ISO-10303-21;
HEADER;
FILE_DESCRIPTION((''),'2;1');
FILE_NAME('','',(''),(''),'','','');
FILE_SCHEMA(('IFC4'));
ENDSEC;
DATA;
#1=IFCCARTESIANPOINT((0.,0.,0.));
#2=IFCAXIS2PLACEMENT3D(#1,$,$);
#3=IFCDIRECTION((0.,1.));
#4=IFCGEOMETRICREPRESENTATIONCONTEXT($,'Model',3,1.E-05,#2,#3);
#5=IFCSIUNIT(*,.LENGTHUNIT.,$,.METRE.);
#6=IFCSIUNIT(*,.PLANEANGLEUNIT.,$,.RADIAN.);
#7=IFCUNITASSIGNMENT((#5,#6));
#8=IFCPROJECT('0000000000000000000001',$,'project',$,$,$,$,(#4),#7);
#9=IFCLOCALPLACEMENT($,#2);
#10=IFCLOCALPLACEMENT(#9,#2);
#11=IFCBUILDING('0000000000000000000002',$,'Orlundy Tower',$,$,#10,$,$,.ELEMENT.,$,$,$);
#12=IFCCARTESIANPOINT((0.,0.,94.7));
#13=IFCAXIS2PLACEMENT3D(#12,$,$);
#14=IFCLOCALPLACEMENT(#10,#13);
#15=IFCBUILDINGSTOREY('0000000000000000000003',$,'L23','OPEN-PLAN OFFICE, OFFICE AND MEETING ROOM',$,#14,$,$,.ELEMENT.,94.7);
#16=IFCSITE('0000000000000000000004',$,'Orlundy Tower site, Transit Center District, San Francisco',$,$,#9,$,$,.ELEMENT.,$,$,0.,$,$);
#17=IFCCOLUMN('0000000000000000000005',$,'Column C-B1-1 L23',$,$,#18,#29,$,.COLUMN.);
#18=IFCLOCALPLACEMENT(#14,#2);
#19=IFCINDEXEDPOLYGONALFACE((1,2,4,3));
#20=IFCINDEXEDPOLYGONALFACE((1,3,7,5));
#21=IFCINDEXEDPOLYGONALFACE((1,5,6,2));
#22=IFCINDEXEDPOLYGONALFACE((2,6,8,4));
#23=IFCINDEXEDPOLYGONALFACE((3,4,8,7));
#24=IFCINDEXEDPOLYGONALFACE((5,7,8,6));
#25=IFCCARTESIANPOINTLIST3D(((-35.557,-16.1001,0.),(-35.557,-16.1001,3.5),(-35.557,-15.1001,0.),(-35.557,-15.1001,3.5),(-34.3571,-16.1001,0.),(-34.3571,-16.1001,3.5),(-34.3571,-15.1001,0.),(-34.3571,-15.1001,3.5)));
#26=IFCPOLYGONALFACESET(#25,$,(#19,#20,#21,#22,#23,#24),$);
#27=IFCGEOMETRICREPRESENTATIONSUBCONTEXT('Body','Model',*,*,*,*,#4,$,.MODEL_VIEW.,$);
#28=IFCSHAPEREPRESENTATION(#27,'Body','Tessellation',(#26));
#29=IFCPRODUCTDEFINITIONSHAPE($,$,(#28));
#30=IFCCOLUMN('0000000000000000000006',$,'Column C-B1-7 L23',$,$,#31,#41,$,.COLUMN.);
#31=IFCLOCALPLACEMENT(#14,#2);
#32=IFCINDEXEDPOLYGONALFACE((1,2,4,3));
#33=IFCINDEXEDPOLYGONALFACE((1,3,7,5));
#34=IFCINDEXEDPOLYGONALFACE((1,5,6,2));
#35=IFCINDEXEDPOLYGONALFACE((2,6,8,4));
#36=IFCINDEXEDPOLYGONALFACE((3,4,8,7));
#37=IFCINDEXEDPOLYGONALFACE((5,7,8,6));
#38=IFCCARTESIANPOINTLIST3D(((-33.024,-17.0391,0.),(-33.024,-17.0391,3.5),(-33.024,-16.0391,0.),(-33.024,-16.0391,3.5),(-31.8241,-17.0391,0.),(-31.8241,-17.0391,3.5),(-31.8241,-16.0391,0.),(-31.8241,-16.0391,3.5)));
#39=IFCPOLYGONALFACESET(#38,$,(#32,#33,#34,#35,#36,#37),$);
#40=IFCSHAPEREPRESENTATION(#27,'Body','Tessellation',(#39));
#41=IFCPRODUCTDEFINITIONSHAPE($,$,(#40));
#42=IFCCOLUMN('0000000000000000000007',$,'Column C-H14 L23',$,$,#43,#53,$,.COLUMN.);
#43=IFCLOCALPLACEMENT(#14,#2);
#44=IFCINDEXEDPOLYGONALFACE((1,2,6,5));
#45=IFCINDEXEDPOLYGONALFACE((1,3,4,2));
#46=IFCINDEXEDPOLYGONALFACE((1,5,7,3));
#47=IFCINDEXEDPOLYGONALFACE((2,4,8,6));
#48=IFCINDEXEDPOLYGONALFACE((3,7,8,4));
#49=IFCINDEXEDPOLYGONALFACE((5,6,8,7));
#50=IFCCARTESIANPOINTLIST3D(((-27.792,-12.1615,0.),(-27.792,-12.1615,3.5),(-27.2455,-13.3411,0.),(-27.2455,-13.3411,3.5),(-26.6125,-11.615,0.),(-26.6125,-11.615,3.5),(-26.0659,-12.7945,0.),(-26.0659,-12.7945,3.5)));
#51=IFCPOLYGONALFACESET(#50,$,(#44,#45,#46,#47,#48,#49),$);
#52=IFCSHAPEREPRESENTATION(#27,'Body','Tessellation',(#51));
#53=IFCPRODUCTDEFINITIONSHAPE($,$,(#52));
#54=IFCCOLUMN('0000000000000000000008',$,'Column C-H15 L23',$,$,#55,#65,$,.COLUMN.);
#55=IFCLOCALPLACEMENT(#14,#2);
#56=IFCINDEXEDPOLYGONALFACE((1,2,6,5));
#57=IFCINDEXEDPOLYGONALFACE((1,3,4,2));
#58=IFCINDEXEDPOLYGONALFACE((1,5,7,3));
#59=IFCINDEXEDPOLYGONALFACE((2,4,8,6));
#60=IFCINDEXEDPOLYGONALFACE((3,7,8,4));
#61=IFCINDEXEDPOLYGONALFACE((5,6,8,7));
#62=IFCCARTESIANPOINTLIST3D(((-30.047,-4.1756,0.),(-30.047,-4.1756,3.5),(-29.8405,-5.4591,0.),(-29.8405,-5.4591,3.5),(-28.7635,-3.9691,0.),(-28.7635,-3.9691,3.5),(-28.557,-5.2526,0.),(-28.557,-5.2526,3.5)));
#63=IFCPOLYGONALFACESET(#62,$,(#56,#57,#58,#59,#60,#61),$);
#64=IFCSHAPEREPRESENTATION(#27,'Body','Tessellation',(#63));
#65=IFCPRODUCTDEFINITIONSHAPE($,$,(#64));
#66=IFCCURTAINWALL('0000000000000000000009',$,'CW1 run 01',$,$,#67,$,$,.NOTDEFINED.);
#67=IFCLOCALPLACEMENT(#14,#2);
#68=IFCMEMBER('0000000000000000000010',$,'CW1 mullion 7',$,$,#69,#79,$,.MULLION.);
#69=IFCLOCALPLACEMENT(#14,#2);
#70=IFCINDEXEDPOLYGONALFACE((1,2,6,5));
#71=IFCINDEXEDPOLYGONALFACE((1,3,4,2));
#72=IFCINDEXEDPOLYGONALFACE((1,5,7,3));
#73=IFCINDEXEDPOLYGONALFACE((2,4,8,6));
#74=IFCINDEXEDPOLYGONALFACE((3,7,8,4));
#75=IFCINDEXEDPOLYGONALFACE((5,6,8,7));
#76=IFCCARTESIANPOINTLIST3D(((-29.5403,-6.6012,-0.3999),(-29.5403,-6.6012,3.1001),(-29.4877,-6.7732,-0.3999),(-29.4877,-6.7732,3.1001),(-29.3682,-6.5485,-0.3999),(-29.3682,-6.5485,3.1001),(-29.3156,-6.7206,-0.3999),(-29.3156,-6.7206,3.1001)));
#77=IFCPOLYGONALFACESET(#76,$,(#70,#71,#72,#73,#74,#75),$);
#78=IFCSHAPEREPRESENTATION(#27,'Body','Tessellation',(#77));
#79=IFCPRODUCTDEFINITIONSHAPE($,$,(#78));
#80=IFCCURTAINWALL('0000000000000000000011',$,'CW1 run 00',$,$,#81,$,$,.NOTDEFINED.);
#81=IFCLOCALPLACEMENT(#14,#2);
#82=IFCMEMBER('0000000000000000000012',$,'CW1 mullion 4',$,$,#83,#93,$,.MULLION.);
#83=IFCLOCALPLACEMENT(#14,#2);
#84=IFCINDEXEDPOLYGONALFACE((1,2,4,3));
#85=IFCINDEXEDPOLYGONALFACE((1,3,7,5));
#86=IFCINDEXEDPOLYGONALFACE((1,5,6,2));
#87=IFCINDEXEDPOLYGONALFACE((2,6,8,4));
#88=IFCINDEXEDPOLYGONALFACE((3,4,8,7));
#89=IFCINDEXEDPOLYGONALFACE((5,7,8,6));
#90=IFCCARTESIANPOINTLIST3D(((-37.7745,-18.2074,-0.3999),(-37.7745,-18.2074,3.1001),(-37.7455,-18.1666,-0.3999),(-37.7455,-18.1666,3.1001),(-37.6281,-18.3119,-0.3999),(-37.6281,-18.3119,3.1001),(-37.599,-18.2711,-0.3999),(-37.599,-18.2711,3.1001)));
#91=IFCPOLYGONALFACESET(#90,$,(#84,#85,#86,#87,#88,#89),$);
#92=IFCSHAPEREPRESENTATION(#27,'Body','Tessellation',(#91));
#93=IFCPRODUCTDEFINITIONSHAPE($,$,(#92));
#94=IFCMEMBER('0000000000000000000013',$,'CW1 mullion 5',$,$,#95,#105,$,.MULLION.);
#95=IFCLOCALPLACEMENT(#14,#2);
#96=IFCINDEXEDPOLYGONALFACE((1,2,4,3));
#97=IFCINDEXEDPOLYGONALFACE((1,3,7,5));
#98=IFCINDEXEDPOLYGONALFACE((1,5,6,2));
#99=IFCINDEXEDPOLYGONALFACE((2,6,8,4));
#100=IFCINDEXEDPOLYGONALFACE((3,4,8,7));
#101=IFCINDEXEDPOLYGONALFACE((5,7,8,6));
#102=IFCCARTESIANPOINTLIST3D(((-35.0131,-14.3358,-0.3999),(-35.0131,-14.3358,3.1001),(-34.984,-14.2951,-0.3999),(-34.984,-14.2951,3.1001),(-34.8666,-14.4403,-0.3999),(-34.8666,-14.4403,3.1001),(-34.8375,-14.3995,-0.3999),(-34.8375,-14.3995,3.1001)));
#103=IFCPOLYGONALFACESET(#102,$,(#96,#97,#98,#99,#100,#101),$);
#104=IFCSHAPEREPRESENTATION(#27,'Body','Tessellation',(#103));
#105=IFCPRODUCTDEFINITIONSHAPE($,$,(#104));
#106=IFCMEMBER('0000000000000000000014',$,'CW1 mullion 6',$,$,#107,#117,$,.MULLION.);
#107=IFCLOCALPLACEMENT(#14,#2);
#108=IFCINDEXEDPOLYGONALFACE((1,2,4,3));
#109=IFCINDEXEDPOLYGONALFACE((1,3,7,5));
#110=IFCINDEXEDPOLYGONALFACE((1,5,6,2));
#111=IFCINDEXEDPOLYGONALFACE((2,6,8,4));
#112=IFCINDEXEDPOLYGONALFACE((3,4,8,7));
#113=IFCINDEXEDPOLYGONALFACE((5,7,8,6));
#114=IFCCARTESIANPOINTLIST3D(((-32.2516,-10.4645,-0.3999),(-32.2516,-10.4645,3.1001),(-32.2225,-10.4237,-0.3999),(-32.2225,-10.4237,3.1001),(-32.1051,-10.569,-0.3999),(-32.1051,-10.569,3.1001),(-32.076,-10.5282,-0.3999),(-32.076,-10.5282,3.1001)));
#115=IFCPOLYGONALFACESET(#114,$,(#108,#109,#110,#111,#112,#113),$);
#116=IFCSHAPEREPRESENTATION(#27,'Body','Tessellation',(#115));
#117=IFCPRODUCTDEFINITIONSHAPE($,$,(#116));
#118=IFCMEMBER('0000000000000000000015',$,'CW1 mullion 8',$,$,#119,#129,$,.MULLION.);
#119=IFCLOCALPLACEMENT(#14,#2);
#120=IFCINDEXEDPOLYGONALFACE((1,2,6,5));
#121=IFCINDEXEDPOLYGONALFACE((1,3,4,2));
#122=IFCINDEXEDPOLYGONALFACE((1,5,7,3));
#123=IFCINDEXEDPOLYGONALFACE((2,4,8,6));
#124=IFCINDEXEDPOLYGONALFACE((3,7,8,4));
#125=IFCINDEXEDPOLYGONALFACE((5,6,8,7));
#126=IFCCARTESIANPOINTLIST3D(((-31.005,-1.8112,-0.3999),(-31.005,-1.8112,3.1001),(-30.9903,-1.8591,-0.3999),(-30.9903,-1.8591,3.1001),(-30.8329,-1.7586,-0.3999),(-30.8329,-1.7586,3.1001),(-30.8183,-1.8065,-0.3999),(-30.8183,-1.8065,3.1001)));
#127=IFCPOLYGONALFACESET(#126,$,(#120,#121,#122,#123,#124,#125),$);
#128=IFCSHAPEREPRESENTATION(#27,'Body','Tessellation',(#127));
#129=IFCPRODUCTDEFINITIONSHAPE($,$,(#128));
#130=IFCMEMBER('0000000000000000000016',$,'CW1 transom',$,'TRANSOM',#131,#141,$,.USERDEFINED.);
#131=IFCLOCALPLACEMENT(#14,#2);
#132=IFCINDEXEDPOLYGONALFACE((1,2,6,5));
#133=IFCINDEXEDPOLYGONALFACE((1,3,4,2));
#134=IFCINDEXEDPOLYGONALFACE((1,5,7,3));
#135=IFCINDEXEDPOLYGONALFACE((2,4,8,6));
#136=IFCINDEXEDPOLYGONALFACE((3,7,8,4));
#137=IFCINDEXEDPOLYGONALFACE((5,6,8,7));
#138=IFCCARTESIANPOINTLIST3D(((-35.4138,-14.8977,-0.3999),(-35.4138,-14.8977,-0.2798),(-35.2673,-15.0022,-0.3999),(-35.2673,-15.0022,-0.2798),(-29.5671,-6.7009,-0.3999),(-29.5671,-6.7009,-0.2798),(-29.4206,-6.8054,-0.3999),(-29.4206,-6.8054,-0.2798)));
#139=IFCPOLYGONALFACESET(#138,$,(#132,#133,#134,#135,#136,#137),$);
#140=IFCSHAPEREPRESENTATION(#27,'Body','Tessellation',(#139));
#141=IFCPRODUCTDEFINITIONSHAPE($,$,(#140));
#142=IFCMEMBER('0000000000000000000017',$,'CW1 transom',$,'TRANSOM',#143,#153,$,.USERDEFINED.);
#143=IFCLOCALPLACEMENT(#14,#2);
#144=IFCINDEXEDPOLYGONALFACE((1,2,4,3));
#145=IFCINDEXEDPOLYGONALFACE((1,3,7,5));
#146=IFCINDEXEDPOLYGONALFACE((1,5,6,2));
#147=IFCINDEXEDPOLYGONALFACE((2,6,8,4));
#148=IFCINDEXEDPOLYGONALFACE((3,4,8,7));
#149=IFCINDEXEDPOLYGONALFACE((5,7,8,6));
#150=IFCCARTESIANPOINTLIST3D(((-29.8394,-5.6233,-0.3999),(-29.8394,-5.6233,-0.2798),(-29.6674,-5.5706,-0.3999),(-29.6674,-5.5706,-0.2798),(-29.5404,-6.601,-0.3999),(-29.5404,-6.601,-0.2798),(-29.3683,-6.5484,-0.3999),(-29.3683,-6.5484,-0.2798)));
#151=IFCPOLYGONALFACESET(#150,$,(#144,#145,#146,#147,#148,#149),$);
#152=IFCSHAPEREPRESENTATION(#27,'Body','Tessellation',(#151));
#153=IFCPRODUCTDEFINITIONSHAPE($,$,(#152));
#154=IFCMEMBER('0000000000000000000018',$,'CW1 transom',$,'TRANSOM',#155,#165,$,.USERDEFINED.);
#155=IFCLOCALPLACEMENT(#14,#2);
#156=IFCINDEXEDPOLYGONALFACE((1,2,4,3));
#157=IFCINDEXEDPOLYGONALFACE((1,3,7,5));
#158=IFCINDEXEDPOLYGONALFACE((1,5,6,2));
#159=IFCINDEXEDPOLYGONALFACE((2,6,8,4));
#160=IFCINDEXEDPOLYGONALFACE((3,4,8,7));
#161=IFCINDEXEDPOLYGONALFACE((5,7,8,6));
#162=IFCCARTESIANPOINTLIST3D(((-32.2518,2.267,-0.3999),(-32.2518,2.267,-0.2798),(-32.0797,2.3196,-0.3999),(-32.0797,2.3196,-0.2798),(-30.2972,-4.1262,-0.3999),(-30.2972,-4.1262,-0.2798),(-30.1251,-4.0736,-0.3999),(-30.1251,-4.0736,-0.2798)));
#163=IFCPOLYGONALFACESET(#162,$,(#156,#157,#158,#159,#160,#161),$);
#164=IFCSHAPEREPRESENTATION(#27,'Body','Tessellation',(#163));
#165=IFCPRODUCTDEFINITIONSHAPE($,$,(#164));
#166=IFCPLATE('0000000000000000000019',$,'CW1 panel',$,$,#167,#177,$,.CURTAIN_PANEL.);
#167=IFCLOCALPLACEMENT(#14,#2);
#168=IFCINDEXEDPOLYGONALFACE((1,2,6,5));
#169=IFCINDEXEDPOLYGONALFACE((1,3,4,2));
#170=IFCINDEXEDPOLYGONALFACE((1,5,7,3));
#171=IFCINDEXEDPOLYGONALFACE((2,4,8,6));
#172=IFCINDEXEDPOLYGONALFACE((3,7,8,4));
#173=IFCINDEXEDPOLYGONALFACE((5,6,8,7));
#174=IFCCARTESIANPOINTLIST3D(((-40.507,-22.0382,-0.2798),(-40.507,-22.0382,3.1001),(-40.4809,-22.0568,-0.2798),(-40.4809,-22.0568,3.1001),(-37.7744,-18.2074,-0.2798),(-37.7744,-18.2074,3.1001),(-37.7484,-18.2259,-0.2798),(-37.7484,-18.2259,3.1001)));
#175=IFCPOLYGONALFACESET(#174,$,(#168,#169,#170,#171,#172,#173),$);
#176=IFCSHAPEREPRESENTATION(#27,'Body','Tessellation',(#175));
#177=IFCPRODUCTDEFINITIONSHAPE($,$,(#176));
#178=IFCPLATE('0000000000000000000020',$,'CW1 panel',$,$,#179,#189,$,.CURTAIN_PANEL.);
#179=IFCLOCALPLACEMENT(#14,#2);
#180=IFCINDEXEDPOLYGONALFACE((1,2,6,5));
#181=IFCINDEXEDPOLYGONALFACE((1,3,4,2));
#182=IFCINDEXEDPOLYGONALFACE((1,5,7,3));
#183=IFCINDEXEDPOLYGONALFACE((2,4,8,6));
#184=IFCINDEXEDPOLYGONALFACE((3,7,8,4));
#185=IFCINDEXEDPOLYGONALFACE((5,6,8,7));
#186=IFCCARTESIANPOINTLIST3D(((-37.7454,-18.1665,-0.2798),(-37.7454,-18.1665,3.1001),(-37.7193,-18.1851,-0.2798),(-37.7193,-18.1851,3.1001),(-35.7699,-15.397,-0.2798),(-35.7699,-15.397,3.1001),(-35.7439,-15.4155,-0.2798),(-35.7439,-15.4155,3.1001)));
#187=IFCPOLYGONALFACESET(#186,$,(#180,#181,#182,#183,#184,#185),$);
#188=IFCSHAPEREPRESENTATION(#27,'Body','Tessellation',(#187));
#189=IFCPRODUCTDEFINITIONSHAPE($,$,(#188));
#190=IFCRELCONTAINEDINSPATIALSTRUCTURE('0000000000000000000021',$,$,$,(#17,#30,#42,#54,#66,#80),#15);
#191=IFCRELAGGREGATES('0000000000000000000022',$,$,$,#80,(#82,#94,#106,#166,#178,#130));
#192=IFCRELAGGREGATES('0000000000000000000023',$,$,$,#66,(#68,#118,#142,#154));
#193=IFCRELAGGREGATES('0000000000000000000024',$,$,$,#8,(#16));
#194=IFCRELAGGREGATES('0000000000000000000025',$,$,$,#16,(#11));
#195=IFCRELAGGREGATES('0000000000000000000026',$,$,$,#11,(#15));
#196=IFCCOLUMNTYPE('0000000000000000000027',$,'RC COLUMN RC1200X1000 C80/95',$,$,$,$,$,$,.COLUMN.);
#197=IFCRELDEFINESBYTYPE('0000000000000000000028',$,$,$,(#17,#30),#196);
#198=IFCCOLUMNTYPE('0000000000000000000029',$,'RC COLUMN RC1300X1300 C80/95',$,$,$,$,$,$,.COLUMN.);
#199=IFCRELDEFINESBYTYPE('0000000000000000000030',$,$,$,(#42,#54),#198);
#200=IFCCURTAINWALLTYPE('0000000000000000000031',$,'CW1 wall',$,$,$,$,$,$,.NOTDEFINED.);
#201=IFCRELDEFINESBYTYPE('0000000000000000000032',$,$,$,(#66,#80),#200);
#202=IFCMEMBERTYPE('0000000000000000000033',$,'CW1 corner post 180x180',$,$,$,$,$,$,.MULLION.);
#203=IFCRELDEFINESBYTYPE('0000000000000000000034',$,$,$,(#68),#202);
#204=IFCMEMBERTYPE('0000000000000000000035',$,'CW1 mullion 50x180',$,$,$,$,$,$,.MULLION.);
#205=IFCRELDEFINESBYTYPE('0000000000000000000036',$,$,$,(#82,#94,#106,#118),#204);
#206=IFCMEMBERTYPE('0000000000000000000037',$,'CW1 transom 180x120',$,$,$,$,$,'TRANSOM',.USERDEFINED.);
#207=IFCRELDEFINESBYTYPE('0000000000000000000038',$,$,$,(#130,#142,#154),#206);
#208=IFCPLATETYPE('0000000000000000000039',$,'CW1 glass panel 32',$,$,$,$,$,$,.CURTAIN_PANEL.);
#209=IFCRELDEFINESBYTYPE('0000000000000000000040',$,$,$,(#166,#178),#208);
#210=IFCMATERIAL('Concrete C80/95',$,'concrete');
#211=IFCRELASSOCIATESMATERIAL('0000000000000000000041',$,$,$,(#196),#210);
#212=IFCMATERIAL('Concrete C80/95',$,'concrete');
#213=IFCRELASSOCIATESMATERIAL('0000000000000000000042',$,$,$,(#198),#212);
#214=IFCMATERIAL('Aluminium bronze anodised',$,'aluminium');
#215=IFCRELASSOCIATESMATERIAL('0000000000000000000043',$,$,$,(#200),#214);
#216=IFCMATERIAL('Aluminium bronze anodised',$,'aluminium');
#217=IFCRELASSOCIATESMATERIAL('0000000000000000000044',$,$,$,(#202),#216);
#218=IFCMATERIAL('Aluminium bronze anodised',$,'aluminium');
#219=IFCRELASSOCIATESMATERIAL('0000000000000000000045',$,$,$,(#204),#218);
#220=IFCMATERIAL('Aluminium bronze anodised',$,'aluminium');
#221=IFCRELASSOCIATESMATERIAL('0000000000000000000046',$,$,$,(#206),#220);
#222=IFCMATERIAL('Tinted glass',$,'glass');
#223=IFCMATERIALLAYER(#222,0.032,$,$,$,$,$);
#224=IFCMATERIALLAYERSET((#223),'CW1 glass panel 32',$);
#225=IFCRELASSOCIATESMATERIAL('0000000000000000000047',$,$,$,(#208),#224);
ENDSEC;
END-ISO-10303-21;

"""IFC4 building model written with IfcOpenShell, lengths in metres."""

from ifc_helpers import new_model, si_unit, direction, frame, origin, origin_2d, place, context, subcontext, project, spatial, rectangle, extrude, material, layer, layer_set, material_profile, profile_set, type_object, element, aggregate, save


model = new_model("IFC4")

# Units and contexts
model_context = context("Model", 3, precision=1e-05, world=origin(), true_north=direction((0.0, 1.0)))
body_context = subcontext(model_context, "Body", "Model", "MODEL_VIEW")
ifc_project = project(units=[si_unit("LENGTHUNIT", "METRE"), si_unit("PLANEANGLEUNIT", "RADIAN")], contexts=[model_context])

# Site, building, storey
site_placement = place(None, origin())
site = spatial("IfcSite", under=ifc_project, at=site_placement, Name="Orlundy Tower site, Transit Center District, San Francisco", CompositionType="ELEMENT", RefElevation=0.0)
building_placement = place(site_placement, origin())
building = spatial("IfcBuilding", under=site, at=building_placement, Name="Orlundy Tower", CompositionType="ELEMENT")
storey_placement = place(building_placement, frame((0.0, 0.0, 94.7)))
storey = spatial("IfcBuildingStorey", under=building, at=storey_placement, Name="L23", Description="OPEN-PLAN OFFICE, OFFICE AND MEETING ROOM", CompositionType="ELEMENT", Elevation=94.7)

# Columns
ifc_material_1 = material(Name="Concrete C80/95", Category="concrete")
ifc_material_profile_1 = material_profile(ifc_material_1, rectangle(XDim=1.2, YDim=1.0, at=origin_2d()), Name="RC1200X1000")
ifc_profile_set_1 = profile_set([ifc_material_profile_1], Name="Concrete C80/95")
column_type_1 = type_object("IfcColumnType", Name="RC COLUMN RC1200X1000 C80/95", PredefinedType="COLUMN", material=ifc_profile_set_1)
for number, where, z_axis, x_axis, name in (
    (1, (-34.957, -15.6001, 0.0), (0.0, 0.0, 1.0), (1.0, 0.0, 0.0), "Column C-B1-1 L23"),
    (2, (-32.4241, -16.5391, 0.0), (0.0, 0.0, 1.0), (1.0, 0.0, 0.0), "Column C-B1-7 L23"),
):
    element("IfcColumn", number, at=place(storey_placement, frame(where, z_axis=z_axis, x_axis=x_axis)), inside=storey, type_object=column_type_1, Name=name, PredefinedType="COLUMN", context=body_context, shape_type="SweptSolid", body=[
        extrude(rectangle(XDim=1.2, YDim=1.0, at=origin_2d()), origin(), (0.0, 0.0, 1.0), 3.5),
    ])
ifc_material_2 = material(Name="Concrete C80/95", Category="concrete")
ifc_material_profile_2 = material_profile(ifc_material_2, rectangle(XDim=1.3, YDim=1.3, at=origin_2d()), Name="RC1300X1300")
ifc_profile_set_2 = profile_set([ifc_material_profile_2], Name="Concrete C80/95")
column_type_2 = type_object("IfcColumnType", Name="RC COLUMN RC1300X1300 C80/95", PredefinedType="COLUMN", material=ifc_profile_set_2)
for number, where, z_axis, x_axis, name in (
    (3, (-26.929, -12.478, 0.0), (0.0, 0.0, 1.0), (-0.90733, -0.420418, 0.0), "Column C-H14 L23"),
    (4, (-29.302, -4.7141, 0.0), (0.0, 0.0, 1.0), (-0.987306, -0.15883, 0.0), "Column C-H15 L23"),
):
    element("IfcColumn", number, at=place(storey_placement, frame(where, z_axis=z_axis, x_axis=x_axis)), inside=storey, type_object=column_type_2, Name=name, PredefinedType="COLUMN", context=body_context, shape_type="SweptSolid", body=[
        extrude(rectangle(XDim=1.3, YDim=1.3, at=origin_2d()), origin(), (0.0, 0.0, 1.0), 3.5),
    ])

# Curtain wall, member
ifc_material_3 = material(Name="Aluminium bronze anodised", Category="aluminium")
curtain_wall_type = type_object("IfcCurtainWallType", Name="CW1 wall", PredefinedType="NOTDEFINED", material=ifc_material_3)
curtain_wall_1_placement = place(storey_placement, origin())
curtain_wall_1 = element("IfcCurtainWall", 5, at=curtain_wall_1_placement, inside=storey, type_object=curtain_wall_type, Name="CW1 run 01", PredefinedType="NOTDEFINED")
ifc_material_4 = material(Name="Aluminium bronze anodised", Category="aluminium")
ifc_material_profile_3 = material_profile(ifc_material_4, rectangle(XDim=0.1799, YDim=0.1799, at=origin_2d()), Name="CW1 corner post 180x180")
ifc_profile_set_3 = profile_set([ifc_material_profile_3], Name="Aluminium bronze anodised")
member_type_1 = type_object("IfcMemberType", Name="CW1 corner post 180x180", PredefinedType="MULLION", material=ifc_profile_set_3)
member_1_placement = place(storey_placement, frame((-29.428, -6.6609, -0.3999), z_axis=(0.0, 0.0, 1.0), x_axis=(-0.956299, -0.29239, 0.0)))
member_1 = element("IfcMember", 6, at=member_1_placement, type_object=member_type_1, Name="CW1 mullion 7", PredefinedType="MULLION", context=body_context, shape_type="SweptSolid", body=[
    extrude(rectangle(XDim=0.1799, YDim=0.1799, at=origin_2d()), origin(), (0.0, 0.0, 1.0), 3.5),
])

# Curtain wall, members
curtain_wall_2_placement = place(storey_placement, origin())
curtain_wall_2 = element("IfcCurtainWall", 7, at=curtain_wall_2_placement, inside=storey, type_object=curtain_wall_type, Name="CW1 run 00", PredefinedType="NOTDEFINED")
ifc_material_5 = material(Name="Aluminium bronze anodised", Category="aluminium")
ifc_material_profile_4 = material_profile(ifc_material_5, rectangle(XDim=0.1799, YDim=0.05, at=origin_2d()), Name="CW1 mullion 50x180")
ifc_profile_set_4 = profile_set([ifc_material_profile_4], Name="Aluminium bronze anodised")
member_type_2 = type_object("IfcMemberType", Name="CW1 mullion 50x180", PredefinedType="MULLION", material=ifc_profile_set_4)
member_2_placement = place(storey_placement, frame((-37.6868, -18.2393, -0.3999), z_axis=(0.0, 0.0, 1.0), x_axis=(-0.814117, 0.580701, 0.0)))
member_2 = element("IfcMember", 8, at=member_2_placement, type_object=member_type_2, Name="CW1 mullion 4", PredefinedType="MULLION", context=body_context, shape_type="SweptSolid", body=[
    extrude(rectangle(XDim=0.1799, YDim=0.05, at=origin_2d()), origin(), (0.0, 0.0, 1.0), 3.5),
])
member_3_placement = place(storey_placement, frame((-34.9253, -14.3677, -0.3999), z_axis=(0.0, 0.0, 1.0), x_axis=(-0.814117, 0.580701, 0.0)))
member_3 = element("IfcMember", 9, at=member_3_placement, type_object=member_type_2, Name="CW1 mullion 5", PredefinedType="MULLION", context=body_context, shape_type="SweptSolid", body=[
    extrude(rectangle(XDim=0.1799, YDim=0.05, at=origin_2d()), origin(), (0.0, 0.0, 1.0), 3.5),
])
member_4_placement = place(storey_placement, frame((-32.1638, -10.4963, -0.3999), z_axis=(0.0, 0.0, 1.0), x_axis=(-0.814117, 0.580701, 0.0)))
member_4 = element("IfcMember", 10, at=member_4_placement, type_object=member_type_2, Name="CW1 mullion 6", PredefinedType="MULLION", context=body_context, shape_type="SweptSolid", body=[
    extrude(rectangle(XDim=0.1799, YDim=0.05, at=origin_2d()), origin(), (0.0, 0.0, 1.0), 3.5),
])

# Members
member_5_placement = place(storey_placement, frame((-30.9116, -1.8088, -0.3999), z_axis=(0.0, 0.0, 1.0), x_axis=(-0.956299, -0.29239, 0.0)))
member_5 = element("IfcMember", 11, at=member_5_placement, type_object=member_type_2, Name="CW1 mullion 8", PredefinedType="MULLION", context=body_context, shape_type="SweptSolid", body=[
    extrude(rectangle(XDim=0.1799, YDim=0.05, at=origin_2d()), origin(), (0.0, 0.0, 1.0), 3.5),
])
ifc_material_6 = material(Name="Aluminium bronze anodised", Category="aluminium")
ifc_material_profile_5 = material_profile(ifc_material_6, rectangle(XDim=0.1799, YDim=0.1201, at=origin_2d()), Name="CW1 transom 180x120")
ifc_profile_set_5 = profile_set([ifc_material_profile_5], Name="Aluminium bronze anodised")
member_type_3 = type_object("IfcMemberType", Name="CW1 transom 180x120", ElementType="TRANSOM", PredefinedType="USERDEFINED", material=ifc_profile_set_5)
member_6_placement = place(storey_placement, frame((-35.3406, -14.95, -0.3398), z_axis=(0.580701, 0.814117, 0.0), x_axis=(-0.814117, 0.580701, 0.0)))
member_6 = element("IfcMember", 12, at=member_6_placement, type_object=member_type_3, Name="CW1 transom", ObjectType="TRANSOM", PredefinedType="USERDEFINED", context=body_context, shape_type="SweptSolid", body=[
    extrude(rectangle(XDim=0.1799, YDim=0.1201, at=origin_2d()), origin(), (0.0, 0.0, 1.0), 10.0684),
])
member_7_placement = place(storey_placement, frame((-29.4543, -6.5747, -0.3398), z_axis=(-0.292491, 0.956268, 0.0), x_axis=(-0.956268, -0.292491, 0.0)))
member_7 = element("IfcMember", 13, at=member_7_placement, type_object=member_type_3, Name="CW1 transom", ObjectType="TRANSOM", PredefinedType="USERDEFINED", context=body_context, shape_type="SweptSolid", body=[
    extrude(rectangle(XDim=0.1799, YDim=0.1201, at=origin_2d()), origin(), (0.0, 0.0, 1.0), 1.0225),
])
member_8_placement = place(storey_placement, frame((-30.2112, -4.0999, -0.3398), z_axis=(-0.292366, 0.956306, 0.0), x_axis=(-0.956306, -0.292366, 0.0)))
member_8 = element("IfcMember", 14, at=member_8_placement, type_object=member_type_3, Name="CW1 transom", ObjectType="TRANSOM", PredefinedType="USERDEFINED", context=body_context, shape_type="SweptSolid", body=[
    extrude(rectangle(XDim=0.1799, YDim=0.1201, at=origin_2d()), origin(), (0.0, 0.0, 1.0), 6.6853),
])

# Plates
ifc_material_7 = material(Name="Tinted glass", Category="glass")
ifc_layer_1 = layer(ifc_material_7, 0.032)
ifc_layer_set_1 = layer_set([ifc_layer_1], Name="CW1 glass panel 32")
plate_type = type_object("IfcPlateType", Name="CW1 glass panel 32", PredefinedType="CURTAIN_PANEL", material=ifc_layer_set_1)
plate_1_placement = place(storey_placement, frame((-39.1277, -20.1321, -0.2798), z_axis=(0.0, 0.0, 1.0), x_axis=(0.580701, 0.814117, 0.0)))
plate_1 = element("IfcPlate", 15, at=plate_1_placement, type_object=plate_type, Name="CW1 panel", PredefinedType="CURTAIN_PANEL", context=body_context, shape_type="SweptSolid", body=[
    extrude(rectangle(XDim=4.7056, YDim=0.032, at=origin_2d()), origin(), (0.0, 0.0, 1.0), 3.3799),
])
plate_2_placement = place(storey_placement, frame((-36.7446, -16.791, -0.2798), z_axis=(0.0, 0.0, 1.0), x_axis=(0.580701, 0.814117, 0.0)))
plate_2 = element("IfcPlate", 16, at=plate_2_placement, type_object=plate_type, Name="CW1 panel", PredefinedType="CURTAIN_PANEL", context=body_context, shape_type="SweptSolid", body=[
    extrude(rectangle(XDim=3.4019, YDim=0.032, at=origin_2d()), origin(), (0.0, 0.0, 1.0), 3.3799),
])
aggregate(curtain_wall_2, [member_2, member_3, member_4, plate_1, plate_2, member_6])
aggregate(curtain_wall_1, [member_1, member_5, member_7, member_8])

save(model, "model.ifc")
